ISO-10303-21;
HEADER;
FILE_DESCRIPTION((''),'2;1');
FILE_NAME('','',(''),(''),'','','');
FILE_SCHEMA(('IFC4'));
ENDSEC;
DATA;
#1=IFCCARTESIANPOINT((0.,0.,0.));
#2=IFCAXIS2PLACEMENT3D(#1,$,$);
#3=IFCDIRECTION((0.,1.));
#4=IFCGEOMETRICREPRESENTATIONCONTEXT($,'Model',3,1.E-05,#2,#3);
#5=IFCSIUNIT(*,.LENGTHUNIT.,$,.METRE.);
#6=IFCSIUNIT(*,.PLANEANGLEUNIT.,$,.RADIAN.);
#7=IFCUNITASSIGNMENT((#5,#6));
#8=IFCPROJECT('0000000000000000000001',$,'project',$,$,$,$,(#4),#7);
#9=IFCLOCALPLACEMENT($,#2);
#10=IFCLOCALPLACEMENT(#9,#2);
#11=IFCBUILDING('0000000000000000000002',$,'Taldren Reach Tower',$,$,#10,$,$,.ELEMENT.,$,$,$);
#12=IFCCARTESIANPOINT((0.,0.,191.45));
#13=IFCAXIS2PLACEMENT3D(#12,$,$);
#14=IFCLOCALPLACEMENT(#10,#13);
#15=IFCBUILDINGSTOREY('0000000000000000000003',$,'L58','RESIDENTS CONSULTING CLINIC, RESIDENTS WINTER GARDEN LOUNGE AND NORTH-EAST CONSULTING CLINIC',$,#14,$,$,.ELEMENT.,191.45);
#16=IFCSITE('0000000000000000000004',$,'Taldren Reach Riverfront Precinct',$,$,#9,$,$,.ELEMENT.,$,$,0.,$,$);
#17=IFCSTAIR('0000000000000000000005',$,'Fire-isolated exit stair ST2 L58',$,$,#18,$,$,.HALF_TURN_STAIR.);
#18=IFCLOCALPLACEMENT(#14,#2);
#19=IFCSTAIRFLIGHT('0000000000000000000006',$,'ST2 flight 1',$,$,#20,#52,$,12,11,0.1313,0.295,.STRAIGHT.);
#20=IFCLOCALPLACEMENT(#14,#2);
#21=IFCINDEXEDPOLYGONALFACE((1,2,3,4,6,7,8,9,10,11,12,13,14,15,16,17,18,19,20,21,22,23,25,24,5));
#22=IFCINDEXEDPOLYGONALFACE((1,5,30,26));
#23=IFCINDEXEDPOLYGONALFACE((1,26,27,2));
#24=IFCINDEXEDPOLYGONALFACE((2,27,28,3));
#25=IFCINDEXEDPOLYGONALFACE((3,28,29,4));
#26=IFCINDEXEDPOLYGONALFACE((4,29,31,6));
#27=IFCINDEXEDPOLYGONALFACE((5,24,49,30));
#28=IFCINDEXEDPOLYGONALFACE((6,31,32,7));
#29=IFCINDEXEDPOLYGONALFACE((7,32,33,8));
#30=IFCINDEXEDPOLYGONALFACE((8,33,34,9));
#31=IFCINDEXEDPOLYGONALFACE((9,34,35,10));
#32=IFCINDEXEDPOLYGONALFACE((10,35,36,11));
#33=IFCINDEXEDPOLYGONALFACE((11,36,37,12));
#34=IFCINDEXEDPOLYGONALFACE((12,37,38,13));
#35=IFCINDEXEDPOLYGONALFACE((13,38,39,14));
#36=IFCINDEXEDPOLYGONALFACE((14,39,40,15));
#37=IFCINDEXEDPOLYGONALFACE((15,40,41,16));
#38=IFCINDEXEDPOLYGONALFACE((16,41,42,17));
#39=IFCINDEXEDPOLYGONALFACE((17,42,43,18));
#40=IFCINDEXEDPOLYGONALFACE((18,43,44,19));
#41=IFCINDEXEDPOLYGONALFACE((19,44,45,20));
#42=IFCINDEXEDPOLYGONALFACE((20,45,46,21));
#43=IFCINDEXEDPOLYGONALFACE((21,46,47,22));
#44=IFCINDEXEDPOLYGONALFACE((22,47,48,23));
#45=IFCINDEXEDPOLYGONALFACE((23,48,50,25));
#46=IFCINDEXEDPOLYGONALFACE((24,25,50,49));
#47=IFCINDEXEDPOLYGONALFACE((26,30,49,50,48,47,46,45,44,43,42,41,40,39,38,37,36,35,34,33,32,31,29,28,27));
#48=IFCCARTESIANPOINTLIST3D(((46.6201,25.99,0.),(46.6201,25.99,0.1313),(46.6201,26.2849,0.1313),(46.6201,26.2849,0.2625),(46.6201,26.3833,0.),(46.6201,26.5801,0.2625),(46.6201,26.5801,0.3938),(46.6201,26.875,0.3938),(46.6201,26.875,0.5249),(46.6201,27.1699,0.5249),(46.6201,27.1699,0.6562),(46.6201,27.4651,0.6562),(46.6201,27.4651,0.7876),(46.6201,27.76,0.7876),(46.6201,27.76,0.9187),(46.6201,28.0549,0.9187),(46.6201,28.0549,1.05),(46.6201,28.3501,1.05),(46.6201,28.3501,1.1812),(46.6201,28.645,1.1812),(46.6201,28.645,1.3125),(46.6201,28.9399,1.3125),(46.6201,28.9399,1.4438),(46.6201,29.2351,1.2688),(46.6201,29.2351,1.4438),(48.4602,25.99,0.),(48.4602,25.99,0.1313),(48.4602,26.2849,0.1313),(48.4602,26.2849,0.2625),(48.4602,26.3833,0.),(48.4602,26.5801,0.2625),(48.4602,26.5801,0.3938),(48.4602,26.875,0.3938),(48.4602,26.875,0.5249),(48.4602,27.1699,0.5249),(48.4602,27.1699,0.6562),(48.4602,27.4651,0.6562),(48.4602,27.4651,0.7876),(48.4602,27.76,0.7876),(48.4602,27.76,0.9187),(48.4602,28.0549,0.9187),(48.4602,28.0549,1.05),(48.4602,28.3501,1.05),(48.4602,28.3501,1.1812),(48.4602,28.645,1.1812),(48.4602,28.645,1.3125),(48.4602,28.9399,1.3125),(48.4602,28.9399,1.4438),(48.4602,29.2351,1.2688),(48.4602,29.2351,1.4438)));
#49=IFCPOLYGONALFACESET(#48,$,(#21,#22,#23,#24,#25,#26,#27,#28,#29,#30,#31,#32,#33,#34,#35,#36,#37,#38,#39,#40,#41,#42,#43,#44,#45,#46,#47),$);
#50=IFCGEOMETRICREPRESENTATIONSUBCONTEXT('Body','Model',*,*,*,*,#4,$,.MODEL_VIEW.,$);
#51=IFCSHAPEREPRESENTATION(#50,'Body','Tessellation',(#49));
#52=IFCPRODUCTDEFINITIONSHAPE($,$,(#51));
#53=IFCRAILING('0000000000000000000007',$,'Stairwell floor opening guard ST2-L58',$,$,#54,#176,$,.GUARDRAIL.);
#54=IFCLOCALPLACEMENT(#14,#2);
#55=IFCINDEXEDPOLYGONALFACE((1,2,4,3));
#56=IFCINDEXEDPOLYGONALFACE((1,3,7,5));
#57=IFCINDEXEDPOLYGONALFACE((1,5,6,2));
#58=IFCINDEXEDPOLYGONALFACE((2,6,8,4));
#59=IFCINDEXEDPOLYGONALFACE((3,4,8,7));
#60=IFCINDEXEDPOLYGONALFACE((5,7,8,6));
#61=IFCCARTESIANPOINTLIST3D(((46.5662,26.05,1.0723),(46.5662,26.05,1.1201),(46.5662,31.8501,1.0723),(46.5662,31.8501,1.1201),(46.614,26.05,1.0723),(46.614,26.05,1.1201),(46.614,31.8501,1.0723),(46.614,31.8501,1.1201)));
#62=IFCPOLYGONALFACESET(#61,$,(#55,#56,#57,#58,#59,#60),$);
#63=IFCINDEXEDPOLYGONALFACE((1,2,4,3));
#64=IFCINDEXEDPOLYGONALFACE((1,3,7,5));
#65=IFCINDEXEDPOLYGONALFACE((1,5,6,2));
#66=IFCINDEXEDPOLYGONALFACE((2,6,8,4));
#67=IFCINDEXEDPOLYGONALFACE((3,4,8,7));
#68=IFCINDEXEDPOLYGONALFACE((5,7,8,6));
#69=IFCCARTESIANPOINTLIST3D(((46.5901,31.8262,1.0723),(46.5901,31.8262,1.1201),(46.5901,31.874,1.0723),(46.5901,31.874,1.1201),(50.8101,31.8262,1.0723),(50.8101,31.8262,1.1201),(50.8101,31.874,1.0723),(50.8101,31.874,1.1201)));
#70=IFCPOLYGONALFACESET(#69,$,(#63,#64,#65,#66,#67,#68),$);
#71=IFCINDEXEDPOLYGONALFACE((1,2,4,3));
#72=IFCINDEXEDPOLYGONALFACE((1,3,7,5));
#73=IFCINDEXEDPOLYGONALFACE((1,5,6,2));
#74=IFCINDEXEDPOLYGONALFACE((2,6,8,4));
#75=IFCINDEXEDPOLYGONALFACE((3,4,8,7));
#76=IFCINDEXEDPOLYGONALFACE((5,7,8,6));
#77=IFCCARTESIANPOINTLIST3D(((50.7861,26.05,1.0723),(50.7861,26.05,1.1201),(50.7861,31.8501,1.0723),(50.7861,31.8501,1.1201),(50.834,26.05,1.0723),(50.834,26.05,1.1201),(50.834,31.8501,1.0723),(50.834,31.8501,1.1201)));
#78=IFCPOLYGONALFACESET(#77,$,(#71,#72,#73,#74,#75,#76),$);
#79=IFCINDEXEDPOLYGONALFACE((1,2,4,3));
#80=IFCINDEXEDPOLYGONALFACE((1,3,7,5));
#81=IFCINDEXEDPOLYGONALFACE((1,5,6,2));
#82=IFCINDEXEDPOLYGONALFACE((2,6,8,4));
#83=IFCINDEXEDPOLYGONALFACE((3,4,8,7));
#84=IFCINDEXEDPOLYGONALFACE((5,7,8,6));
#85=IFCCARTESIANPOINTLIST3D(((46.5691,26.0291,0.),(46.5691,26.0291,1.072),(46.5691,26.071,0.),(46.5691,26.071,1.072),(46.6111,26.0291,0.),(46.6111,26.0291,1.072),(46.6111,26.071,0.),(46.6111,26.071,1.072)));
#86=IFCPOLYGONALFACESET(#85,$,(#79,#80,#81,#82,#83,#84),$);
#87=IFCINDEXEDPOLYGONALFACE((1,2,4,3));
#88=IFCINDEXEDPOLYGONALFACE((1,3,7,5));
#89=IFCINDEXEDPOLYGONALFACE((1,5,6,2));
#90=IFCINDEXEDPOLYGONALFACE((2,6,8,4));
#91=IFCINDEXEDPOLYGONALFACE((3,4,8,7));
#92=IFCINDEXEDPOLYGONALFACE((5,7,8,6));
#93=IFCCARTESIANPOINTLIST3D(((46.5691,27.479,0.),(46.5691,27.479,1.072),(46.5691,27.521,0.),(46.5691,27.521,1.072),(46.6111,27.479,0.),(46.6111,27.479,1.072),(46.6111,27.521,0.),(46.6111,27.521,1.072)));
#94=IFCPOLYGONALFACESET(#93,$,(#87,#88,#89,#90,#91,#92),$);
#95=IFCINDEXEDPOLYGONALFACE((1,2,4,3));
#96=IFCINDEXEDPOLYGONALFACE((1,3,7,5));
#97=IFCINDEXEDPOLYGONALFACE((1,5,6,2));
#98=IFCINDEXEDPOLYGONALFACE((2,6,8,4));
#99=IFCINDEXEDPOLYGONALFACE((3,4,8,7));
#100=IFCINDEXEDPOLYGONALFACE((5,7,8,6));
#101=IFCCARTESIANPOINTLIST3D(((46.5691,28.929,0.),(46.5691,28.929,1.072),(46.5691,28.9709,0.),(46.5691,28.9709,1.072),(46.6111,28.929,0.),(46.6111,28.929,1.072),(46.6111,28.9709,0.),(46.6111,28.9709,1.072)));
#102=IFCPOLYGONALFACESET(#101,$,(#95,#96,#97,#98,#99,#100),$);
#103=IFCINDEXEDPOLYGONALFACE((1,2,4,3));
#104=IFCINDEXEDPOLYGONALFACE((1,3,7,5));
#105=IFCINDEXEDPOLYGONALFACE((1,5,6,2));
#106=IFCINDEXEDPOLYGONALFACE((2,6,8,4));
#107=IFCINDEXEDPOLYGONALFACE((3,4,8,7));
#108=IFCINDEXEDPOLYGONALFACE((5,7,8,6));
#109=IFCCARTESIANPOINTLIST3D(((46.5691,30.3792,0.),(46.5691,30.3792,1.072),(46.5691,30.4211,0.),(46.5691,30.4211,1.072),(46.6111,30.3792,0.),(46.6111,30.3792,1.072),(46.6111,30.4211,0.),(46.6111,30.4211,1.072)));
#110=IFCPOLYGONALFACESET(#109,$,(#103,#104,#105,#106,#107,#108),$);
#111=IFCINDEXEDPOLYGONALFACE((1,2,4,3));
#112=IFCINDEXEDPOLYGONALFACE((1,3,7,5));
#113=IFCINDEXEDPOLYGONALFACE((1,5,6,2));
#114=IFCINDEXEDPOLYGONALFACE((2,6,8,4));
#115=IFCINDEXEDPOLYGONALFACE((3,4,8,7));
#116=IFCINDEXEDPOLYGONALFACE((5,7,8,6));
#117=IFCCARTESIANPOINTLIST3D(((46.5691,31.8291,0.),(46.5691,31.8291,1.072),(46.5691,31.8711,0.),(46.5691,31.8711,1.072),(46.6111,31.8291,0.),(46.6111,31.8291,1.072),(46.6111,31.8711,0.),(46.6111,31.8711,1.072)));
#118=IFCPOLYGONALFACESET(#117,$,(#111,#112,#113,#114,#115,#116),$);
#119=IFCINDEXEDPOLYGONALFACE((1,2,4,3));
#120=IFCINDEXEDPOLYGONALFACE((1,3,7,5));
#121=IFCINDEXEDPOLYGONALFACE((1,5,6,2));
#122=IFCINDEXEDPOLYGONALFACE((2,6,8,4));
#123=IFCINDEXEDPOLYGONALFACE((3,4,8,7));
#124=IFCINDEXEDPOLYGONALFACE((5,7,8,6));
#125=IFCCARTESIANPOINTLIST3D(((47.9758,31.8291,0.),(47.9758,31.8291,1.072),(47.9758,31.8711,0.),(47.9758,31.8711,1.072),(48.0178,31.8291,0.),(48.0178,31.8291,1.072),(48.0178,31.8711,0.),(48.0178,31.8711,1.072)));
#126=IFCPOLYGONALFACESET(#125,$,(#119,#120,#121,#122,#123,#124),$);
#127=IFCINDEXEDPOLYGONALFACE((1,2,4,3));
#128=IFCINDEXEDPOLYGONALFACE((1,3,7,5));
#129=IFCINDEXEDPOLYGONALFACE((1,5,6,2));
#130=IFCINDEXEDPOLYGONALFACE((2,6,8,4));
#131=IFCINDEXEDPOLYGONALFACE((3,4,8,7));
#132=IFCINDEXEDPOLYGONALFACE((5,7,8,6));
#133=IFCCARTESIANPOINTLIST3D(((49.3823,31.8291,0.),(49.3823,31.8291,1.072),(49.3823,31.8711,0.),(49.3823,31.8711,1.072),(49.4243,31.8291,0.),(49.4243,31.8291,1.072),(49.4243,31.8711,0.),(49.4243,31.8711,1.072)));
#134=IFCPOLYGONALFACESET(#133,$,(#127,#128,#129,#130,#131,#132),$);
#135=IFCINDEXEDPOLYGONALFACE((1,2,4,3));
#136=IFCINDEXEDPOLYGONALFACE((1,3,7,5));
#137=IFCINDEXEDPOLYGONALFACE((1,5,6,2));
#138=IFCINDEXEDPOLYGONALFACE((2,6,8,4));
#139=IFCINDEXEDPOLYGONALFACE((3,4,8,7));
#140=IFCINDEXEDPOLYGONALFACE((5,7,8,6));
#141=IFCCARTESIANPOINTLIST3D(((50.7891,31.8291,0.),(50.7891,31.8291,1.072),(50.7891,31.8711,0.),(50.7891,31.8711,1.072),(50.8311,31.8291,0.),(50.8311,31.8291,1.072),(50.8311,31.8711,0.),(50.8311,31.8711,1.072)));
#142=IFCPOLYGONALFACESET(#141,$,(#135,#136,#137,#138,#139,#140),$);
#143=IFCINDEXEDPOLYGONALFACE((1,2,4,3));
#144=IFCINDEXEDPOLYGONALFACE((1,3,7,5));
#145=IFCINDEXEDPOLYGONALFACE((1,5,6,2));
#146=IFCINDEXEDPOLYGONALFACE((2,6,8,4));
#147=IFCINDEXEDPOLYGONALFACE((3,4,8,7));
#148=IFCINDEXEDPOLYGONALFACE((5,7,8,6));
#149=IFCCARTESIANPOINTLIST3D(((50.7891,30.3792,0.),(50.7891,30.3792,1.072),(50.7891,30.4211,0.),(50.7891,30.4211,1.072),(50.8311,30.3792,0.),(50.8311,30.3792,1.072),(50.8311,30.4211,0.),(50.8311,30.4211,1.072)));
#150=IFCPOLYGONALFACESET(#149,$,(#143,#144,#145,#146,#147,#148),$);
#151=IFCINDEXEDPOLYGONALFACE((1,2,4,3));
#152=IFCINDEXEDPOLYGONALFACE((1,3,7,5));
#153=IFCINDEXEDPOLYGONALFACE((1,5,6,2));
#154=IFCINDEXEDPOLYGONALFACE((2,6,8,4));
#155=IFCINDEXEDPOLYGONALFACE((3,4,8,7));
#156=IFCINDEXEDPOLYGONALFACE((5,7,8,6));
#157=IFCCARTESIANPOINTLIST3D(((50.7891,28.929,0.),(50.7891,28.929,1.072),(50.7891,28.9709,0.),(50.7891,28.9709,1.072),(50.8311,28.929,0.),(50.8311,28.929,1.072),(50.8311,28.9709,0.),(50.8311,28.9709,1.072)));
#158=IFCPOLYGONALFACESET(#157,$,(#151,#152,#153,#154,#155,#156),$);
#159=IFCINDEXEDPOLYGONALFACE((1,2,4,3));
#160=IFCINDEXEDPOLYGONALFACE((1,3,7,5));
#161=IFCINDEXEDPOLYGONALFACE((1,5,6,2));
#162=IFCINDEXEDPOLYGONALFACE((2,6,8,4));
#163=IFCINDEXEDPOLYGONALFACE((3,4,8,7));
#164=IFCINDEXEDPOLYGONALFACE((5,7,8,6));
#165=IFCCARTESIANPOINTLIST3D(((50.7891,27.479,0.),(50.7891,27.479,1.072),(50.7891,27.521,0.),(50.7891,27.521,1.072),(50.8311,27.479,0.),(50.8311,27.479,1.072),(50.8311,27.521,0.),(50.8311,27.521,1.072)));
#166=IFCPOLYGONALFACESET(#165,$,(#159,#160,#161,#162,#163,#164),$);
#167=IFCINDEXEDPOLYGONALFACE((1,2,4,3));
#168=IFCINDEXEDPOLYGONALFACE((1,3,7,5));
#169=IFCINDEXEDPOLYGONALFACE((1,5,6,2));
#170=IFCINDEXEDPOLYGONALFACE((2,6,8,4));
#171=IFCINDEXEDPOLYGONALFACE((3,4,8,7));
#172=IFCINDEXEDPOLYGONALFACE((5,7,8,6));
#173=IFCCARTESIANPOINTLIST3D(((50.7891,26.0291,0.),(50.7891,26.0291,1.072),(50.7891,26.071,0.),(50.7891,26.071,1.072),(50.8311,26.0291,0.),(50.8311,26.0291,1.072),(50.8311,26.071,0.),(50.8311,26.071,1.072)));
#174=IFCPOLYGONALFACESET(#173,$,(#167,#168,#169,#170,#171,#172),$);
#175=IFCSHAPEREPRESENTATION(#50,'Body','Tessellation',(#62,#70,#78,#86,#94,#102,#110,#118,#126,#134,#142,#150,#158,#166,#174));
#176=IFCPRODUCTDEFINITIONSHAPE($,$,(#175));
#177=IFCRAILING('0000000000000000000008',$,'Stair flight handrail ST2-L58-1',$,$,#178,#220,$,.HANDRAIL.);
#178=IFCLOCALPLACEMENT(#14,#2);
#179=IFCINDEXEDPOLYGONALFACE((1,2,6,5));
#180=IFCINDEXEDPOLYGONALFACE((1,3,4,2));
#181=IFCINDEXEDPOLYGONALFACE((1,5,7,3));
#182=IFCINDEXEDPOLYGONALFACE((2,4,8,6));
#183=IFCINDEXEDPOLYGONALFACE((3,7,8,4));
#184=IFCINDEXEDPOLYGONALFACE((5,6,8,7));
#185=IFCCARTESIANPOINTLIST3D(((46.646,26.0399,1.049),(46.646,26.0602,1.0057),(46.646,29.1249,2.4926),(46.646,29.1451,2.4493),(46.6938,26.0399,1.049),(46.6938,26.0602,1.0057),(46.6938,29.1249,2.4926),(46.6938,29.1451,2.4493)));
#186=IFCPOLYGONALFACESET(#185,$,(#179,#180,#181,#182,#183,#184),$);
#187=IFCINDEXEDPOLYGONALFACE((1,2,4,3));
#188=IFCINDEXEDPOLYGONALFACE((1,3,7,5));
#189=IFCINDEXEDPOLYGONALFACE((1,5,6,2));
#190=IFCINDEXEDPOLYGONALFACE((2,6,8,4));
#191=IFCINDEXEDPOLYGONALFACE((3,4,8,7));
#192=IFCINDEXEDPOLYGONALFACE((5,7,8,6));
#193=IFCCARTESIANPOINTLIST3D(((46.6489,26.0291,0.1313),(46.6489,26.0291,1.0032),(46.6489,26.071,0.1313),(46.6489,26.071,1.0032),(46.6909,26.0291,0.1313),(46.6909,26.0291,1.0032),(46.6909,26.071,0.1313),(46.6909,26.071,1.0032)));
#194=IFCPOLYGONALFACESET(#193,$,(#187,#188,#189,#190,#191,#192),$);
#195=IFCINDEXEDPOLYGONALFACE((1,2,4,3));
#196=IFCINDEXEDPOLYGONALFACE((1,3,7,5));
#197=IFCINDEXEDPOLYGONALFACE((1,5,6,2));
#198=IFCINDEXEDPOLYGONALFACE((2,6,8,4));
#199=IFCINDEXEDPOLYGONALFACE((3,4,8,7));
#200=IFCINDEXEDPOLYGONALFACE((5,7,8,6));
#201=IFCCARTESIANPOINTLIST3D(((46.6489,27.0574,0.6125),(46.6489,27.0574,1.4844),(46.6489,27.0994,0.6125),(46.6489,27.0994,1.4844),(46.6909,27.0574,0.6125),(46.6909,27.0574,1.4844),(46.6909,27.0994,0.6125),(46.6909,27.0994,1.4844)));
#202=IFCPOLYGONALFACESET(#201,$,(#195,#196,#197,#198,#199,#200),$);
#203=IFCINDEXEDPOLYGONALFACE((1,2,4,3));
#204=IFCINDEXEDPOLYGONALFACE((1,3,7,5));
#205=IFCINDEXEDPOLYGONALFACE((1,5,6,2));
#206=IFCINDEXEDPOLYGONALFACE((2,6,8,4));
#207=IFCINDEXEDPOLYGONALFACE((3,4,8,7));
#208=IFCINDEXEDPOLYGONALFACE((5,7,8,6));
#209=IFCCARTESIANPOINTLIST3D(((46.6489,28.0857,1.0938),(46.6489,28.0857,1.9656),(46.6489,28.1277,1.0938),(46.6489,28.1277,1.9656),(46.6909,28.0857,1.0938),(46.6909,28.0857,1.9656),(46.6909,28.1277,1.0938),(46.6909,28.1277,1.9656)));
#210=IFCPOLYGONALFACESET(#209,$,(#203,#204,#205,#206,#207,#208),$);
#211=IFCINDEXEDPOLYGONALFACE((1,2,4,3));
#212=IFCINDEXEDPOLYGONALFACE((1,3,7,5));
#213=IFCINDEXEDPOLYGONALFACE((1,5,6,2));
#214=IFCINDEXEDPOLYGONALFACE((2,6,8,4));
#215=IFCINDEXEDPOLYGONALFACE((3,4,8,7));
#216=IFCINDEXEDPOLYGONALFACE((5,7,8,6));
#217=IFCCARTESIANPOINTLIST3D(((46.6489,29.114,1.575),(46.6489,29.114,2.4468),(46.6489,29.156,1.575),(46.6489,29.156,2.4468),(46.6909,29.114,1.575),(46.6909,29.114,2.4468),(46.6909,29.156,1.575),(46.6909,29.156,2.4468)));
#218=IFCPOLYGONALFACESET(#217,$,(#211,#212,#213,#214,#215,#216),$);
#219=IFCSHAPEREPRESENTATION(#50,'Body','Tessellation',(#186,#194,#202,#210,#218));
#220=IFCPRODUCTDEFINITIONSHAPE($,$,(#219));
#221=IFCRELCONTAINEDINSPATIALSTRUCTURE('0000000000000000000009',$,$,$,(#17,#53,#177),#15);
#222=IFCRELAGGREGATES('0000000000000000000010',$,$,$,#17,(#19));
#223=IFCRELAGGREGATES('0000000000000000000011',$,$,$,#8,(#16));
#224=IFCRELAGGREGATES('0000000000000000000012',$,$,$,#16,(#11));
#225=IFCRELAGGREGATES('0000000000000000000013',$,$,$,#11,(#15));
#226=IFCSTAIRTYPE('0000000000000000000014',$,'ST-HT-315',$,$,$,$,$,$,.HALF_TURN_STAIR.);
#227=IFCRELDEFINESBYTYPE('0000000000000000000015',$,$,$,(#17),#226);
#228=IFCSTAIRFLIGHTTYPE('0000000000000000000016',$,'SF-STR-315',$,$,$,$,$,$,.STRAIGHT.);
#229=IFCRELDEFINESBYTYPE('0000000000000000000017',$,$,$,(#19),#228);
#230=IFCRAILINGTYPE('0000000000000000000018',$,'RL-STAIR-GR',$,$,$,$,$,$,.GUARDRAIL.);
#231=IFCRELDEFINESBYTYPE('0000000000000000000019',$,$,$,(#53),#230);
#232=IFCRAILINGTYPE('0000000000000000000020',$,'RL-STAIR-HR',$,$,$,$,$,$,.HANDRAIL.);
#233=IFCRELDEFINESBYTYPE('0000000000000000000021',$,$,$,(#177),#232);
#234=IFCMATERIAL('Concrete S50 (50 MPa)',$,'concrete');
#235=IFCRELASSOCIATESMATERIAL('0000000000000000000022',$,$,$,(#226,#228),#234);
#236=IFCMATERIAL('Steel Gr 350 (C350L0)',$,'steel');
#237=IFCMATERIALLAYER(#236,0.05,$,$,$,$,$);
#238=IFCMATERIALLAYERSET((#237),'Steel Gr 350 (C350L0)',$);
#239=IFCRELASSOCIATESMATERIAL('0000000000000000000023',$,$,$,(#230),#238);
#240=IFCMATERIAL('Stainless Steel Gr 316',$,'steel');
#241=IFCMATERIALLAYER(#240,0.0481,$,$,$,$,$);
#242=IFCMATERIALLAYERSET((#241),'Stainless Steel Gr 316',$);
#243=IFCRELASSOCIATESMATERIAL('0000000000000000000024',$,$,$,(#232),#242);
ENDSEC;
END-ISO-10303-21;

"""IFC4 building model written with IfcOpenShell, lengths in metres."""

from ifc_helpers import new_model, si_unit, direction, frame, origin, origin_2d, place, context, subcontext, project, spatial, polyline, rectangle, outline, extrude, material, layer, layer_set, type_object, element, aggregate, save


model = new_model("IFC4")

# Units and contexts
model_context = context("Model", 3, precision=1e-05, world=origin(), true_north=direction((0.0, 1.0)))
body_context = subcontext(model_context, "Body", "Model", "MODEL_VIEW")
ifc_project = project(units=[si_unit("LENGTHUNIT", "METRE"), si_unit("PLANEANGLEUNIT", "RADIAN")], contexts=[model_context])

# Site, building, storey
site_placement = place(None, origin())
site = spatial("IfcSite", under=ifc_project, at=site_placement, Name="Taldren Reach Riverfront Precinct", CompositionType="ELEMENT", RefElevation=0.0)
building_placement = place(site_placement, origin())
building = spatial("IfcBuilding", under=site, at=building_placement, Name="Taldren Reach Tower", CompositionType="ELEMENT")
storey_placement = place(building_placement, frame((0.0, 0.0, 191.45)))
storey = spatial("IfcBuildingStorey", under=building, at=storey_placement, Name="L58", Description="RESIDENTS CONSULTING CLINIC, RESIDENTS WINTER GARDEN LOUNGE AND NORTH-EAST CONSULTING CLINIC", CompositionType="ELEMENT", Elevation=191.45)

# Shared definitions
ifc_material_1 = material(Name="Concrete S50 (50 MPa)", Category="concrete")

# Stair, stair flight
stair_type = type_object("IfcStairType", Name="ST-HT-315", PredefinedType="HALF_TURN_STAIR", material=ifc_material_1)
stair_placement = place(storey_placement, origin())
stair = element("IfcStair", 1, at=stair_placement, inside=storey, type_object=stair_type, Name="Fire-isolated exit stair ST2 L58", PredefinedType="HALF_TURN_STAIR")
stair_flight_type = type_object("IfcStairFlightType", Name="SF-STR-315", PredefinedType="STRAIGHT", material=ifc_material_1)
stair_flight_placement = place(storey_placement, frame((47.54, 25.99, 0.0), z_axis=(0.0, 0.0, 1.0), x_axis=(0.0, 1.0, 0.0)))
stair_flight = element("IfcStairFlight", 2, at=stair_flight_placement, type_object=stair_flight_type, Name="ST2 flight 1", NumberOfRisers=12, NumberOfTreads=11, PredefinedType="STRAIGHT", RiserHeight=0.1313, TreadLength=0.295, context=body_context, shape_type="SweptSolid", body=[
    extrude(outline(polyline([(0.0, 0.0), (0.0, 0.1313), (0.2949, 0.1313), (0.2949, 0.2625), (0.5901, 0.2625), (0.5901, 0.3938), (0.885, 0.3938), (0.885, 0.5249), (1.1799, 0.5249), (1.1799, 0.6562), (1.4751, 0.6562), (1.4751, 0.7876), (1.77, 0.7876), (1.77, 0.9187), (2.0649, 0.9187), (2.0649, 1.05), (2.3601, 1.05), (2.3601, 1.1812), (2.655, 1.1812), (2.655, 1.3125), (2.95, 1.3125), (2.95, 1.4438), (3.2451, 1.4438), (3.2451, 1.575), (3.2451, 1.2688), (0.3933, 0.0), (0.0, 0.0)])), frame((0.0, 0.9199, 0.0), z_axis=(0.0, -1.0, 0.0), x_axis=(1.0, 0.0, 0.0)), (0.0, 0.0, 1.0), 1.8401),
])
aggregate(stair, [stair_flight])

# Railings
ifc_material_2 = material(Name="Steel Gr 350 (C350L0)", Category="steel")
ifc_layer_1 = layer(ifc_material_2, 0.05)
ifc_layer_set_1 = layer_set([ifc_layer_1], Name="Steel Gr 350 (C350L0)")
railing_type_1 = type_object("IfcRailingType", Name="RL-STAIR-GR", PredefinedType="GUARDRAIL", material=ifc_layer_set_1)
railing_1_placement = place(storey_placement, frame((46.5901, 26.05, 0.0)))
element("IfcRailing", 3, at=railing_1_placement, inside=storey, type_object=railing_type_1, Name="Stairwell floor opening guard ST2-L58", PredefinedType="GUARDRAIL", context=body_context, shape_type="SweptSolid", body=[
    extrude(rectangle(XDim=0.0479, YDim=0.0479, at=origin_2d()), frame((0.0, 0.0, 1.0962), z_axis=(0.0, 1.0, 0.0), x_axis=(-1.0, 0.0, 0.0)), (0.0, 0.0, 1.0), 5.8),
    extrude(rectangle(XDim=0.0479, YDim=0.0479, at=origin_2d()), frame((0.0, 5.8, 1.0962), z_axis=(1.0, 0.0, 0.0), x_axis=(0.0, 1.0, 0.0)), (0.0, 0.0, 1.0), 4.22),
    extrude(rectangle(XDim=0.0479, YDim=0.0479, at=origin_2d()), frame((4.22, 5.8, 1.0962), z_axis=(0.0, -1.0, 0.0), x_axis=(1.0, 0.0, 0.0)), (0.0, 0.0, 1.0), 5.8),
    extrude(rectangle(XDim=0.042, YDim=0.042, at=origin_2d()), origin(), (0.0, 0.0, 1.0), 1.072),
    extrude(rectangle(XDim=0.042, YDim=0.042, at=origin_2d()), frame((0.0, 1.45, 0.0)), (0.0, 0.0, 1.0), 1.072),
    extrude(rectangle(XDim=0.042, YDim=0.042, at=origin_2d()), frame((0.0, 2.8999, 0.0)), (0.0, 0.0, 1.0), 1.072),
    extrude(rectangle(XDim=0.042, YDim=0.042, at=origin_2d()), frame((0.0, 4.3501, 0.0)), (0.0, 0.0, 1.0), 1.072),
    extrude(rectangle(XDim=0.042, YDim=0.042, at=origin_2d()), frame((0.0, 5.8, 0.0)), (0.0, 0.0, 1.0), 1.072),
    extrude(rectangle(XDim=0.042, YDim=0.042, at=origin_2d()), frame((1.4067, 5.8, 0.0)), (0.0, 0.0, 1.0), 1.072),
    extrude(rectangle(XDim=0.042, YDim=0.042, at=origin_2d()), frame((2.8132, 5.8, 0.0)), (0.0, 0.0, 1.0), 1.072),
    extrude(rectangle(XDim=0.042, YDim=0.042, at=origin_2d()), frame((4.22, 5.8, 0.0)), (0.0, 0.0, 1.0), 1.072),
    extrude(rectangle(XDim=0.042, YDim=0.042, at=origin_2d()), frame((4.22, 4.3501, 0.0)), (0.0, 0.0, 1.0), 1.072),
    extrude(rectangle(XDim=0.042, YDim=0.042, at=origin_2d()), frame((4.22, 2.8999, 0.0)), (0.0, 0.0, 1.0), 1.072),
    extrude(rectangle(XDim=0.042, YDim=0.042, at=origin_2d()), frame((4.22, 1.45, 0.0)), (0.0, 0.0, 1.0), 1.072),
    extrude(rectangle(XDim=0.042, YDim=0.042, at=origin_2d()), frame((4.22, 0.0, 0.0)), (0.0, 0.0, 1.0), 1.072),
])
ifc_material_3 = material(Name="Stainless Steel Gr 316", Category="steel")
ifc_layer_2 = layer(ifc_material_3, 0.0481)
ifc_layer_set_2 = layer_set([ifc_layer_2], Name="Stainless Steel Gr 316")
railing_type_2 = type_object("IfcRailingType", Name="RL-STAIR-HR", PredefinedType="HANDRAIL", material=ifc_layer_set_2)
railing_2_placement = place(storey_placement, frame((46.6699, 26.05, 0.1313)))
element("IfcRailing", 4, at=railing_2_placement, inside=storey, type_object=railing_type_2, Name="Stair flight handrail ST2-L58-1", PredefinedType="HANDRAIL", context=body_context, shape_type="SweptSolid", body=[
    extrude(rectangle(XDim=0.0479, YDim=0.0479, at=origin_2d()), frame((0.0, 0.0, 0.896), z_axis=(0.0, 0.905738, 0.423839), x_axis=(-1.0, 0.0, 0.0)), (0.0, 0.0, 1.0), 3.406),
    extrude(rectangle(XDim=0.042, YDim=0.042, at=origin_2d()), origin(), (0.0, 0.0, 1.0), 0.8718),
    extrude(rectangle(XDim=0.042, YDim=0.042, at=origin_2d()), frame((0.0, 1.0283, 0.4812)), (0.0, 0.0, 1.0), 0.8718),
    extrude(rectangle(XDim=0.042, YDim=0.042, at=origin_2d()), frame((0.0, 2.0566, 0.9624)), (0.0, 0.0, 1.0), 0.8718),
    extrude(rectangle(XDim=0.042, YDim=0.042, at=origin_2d()), frame((0.0, 3.085, 1.4436)), (0.0, 0.0, 1.0), 0.8718),
])

save(model, "model.ifc")
